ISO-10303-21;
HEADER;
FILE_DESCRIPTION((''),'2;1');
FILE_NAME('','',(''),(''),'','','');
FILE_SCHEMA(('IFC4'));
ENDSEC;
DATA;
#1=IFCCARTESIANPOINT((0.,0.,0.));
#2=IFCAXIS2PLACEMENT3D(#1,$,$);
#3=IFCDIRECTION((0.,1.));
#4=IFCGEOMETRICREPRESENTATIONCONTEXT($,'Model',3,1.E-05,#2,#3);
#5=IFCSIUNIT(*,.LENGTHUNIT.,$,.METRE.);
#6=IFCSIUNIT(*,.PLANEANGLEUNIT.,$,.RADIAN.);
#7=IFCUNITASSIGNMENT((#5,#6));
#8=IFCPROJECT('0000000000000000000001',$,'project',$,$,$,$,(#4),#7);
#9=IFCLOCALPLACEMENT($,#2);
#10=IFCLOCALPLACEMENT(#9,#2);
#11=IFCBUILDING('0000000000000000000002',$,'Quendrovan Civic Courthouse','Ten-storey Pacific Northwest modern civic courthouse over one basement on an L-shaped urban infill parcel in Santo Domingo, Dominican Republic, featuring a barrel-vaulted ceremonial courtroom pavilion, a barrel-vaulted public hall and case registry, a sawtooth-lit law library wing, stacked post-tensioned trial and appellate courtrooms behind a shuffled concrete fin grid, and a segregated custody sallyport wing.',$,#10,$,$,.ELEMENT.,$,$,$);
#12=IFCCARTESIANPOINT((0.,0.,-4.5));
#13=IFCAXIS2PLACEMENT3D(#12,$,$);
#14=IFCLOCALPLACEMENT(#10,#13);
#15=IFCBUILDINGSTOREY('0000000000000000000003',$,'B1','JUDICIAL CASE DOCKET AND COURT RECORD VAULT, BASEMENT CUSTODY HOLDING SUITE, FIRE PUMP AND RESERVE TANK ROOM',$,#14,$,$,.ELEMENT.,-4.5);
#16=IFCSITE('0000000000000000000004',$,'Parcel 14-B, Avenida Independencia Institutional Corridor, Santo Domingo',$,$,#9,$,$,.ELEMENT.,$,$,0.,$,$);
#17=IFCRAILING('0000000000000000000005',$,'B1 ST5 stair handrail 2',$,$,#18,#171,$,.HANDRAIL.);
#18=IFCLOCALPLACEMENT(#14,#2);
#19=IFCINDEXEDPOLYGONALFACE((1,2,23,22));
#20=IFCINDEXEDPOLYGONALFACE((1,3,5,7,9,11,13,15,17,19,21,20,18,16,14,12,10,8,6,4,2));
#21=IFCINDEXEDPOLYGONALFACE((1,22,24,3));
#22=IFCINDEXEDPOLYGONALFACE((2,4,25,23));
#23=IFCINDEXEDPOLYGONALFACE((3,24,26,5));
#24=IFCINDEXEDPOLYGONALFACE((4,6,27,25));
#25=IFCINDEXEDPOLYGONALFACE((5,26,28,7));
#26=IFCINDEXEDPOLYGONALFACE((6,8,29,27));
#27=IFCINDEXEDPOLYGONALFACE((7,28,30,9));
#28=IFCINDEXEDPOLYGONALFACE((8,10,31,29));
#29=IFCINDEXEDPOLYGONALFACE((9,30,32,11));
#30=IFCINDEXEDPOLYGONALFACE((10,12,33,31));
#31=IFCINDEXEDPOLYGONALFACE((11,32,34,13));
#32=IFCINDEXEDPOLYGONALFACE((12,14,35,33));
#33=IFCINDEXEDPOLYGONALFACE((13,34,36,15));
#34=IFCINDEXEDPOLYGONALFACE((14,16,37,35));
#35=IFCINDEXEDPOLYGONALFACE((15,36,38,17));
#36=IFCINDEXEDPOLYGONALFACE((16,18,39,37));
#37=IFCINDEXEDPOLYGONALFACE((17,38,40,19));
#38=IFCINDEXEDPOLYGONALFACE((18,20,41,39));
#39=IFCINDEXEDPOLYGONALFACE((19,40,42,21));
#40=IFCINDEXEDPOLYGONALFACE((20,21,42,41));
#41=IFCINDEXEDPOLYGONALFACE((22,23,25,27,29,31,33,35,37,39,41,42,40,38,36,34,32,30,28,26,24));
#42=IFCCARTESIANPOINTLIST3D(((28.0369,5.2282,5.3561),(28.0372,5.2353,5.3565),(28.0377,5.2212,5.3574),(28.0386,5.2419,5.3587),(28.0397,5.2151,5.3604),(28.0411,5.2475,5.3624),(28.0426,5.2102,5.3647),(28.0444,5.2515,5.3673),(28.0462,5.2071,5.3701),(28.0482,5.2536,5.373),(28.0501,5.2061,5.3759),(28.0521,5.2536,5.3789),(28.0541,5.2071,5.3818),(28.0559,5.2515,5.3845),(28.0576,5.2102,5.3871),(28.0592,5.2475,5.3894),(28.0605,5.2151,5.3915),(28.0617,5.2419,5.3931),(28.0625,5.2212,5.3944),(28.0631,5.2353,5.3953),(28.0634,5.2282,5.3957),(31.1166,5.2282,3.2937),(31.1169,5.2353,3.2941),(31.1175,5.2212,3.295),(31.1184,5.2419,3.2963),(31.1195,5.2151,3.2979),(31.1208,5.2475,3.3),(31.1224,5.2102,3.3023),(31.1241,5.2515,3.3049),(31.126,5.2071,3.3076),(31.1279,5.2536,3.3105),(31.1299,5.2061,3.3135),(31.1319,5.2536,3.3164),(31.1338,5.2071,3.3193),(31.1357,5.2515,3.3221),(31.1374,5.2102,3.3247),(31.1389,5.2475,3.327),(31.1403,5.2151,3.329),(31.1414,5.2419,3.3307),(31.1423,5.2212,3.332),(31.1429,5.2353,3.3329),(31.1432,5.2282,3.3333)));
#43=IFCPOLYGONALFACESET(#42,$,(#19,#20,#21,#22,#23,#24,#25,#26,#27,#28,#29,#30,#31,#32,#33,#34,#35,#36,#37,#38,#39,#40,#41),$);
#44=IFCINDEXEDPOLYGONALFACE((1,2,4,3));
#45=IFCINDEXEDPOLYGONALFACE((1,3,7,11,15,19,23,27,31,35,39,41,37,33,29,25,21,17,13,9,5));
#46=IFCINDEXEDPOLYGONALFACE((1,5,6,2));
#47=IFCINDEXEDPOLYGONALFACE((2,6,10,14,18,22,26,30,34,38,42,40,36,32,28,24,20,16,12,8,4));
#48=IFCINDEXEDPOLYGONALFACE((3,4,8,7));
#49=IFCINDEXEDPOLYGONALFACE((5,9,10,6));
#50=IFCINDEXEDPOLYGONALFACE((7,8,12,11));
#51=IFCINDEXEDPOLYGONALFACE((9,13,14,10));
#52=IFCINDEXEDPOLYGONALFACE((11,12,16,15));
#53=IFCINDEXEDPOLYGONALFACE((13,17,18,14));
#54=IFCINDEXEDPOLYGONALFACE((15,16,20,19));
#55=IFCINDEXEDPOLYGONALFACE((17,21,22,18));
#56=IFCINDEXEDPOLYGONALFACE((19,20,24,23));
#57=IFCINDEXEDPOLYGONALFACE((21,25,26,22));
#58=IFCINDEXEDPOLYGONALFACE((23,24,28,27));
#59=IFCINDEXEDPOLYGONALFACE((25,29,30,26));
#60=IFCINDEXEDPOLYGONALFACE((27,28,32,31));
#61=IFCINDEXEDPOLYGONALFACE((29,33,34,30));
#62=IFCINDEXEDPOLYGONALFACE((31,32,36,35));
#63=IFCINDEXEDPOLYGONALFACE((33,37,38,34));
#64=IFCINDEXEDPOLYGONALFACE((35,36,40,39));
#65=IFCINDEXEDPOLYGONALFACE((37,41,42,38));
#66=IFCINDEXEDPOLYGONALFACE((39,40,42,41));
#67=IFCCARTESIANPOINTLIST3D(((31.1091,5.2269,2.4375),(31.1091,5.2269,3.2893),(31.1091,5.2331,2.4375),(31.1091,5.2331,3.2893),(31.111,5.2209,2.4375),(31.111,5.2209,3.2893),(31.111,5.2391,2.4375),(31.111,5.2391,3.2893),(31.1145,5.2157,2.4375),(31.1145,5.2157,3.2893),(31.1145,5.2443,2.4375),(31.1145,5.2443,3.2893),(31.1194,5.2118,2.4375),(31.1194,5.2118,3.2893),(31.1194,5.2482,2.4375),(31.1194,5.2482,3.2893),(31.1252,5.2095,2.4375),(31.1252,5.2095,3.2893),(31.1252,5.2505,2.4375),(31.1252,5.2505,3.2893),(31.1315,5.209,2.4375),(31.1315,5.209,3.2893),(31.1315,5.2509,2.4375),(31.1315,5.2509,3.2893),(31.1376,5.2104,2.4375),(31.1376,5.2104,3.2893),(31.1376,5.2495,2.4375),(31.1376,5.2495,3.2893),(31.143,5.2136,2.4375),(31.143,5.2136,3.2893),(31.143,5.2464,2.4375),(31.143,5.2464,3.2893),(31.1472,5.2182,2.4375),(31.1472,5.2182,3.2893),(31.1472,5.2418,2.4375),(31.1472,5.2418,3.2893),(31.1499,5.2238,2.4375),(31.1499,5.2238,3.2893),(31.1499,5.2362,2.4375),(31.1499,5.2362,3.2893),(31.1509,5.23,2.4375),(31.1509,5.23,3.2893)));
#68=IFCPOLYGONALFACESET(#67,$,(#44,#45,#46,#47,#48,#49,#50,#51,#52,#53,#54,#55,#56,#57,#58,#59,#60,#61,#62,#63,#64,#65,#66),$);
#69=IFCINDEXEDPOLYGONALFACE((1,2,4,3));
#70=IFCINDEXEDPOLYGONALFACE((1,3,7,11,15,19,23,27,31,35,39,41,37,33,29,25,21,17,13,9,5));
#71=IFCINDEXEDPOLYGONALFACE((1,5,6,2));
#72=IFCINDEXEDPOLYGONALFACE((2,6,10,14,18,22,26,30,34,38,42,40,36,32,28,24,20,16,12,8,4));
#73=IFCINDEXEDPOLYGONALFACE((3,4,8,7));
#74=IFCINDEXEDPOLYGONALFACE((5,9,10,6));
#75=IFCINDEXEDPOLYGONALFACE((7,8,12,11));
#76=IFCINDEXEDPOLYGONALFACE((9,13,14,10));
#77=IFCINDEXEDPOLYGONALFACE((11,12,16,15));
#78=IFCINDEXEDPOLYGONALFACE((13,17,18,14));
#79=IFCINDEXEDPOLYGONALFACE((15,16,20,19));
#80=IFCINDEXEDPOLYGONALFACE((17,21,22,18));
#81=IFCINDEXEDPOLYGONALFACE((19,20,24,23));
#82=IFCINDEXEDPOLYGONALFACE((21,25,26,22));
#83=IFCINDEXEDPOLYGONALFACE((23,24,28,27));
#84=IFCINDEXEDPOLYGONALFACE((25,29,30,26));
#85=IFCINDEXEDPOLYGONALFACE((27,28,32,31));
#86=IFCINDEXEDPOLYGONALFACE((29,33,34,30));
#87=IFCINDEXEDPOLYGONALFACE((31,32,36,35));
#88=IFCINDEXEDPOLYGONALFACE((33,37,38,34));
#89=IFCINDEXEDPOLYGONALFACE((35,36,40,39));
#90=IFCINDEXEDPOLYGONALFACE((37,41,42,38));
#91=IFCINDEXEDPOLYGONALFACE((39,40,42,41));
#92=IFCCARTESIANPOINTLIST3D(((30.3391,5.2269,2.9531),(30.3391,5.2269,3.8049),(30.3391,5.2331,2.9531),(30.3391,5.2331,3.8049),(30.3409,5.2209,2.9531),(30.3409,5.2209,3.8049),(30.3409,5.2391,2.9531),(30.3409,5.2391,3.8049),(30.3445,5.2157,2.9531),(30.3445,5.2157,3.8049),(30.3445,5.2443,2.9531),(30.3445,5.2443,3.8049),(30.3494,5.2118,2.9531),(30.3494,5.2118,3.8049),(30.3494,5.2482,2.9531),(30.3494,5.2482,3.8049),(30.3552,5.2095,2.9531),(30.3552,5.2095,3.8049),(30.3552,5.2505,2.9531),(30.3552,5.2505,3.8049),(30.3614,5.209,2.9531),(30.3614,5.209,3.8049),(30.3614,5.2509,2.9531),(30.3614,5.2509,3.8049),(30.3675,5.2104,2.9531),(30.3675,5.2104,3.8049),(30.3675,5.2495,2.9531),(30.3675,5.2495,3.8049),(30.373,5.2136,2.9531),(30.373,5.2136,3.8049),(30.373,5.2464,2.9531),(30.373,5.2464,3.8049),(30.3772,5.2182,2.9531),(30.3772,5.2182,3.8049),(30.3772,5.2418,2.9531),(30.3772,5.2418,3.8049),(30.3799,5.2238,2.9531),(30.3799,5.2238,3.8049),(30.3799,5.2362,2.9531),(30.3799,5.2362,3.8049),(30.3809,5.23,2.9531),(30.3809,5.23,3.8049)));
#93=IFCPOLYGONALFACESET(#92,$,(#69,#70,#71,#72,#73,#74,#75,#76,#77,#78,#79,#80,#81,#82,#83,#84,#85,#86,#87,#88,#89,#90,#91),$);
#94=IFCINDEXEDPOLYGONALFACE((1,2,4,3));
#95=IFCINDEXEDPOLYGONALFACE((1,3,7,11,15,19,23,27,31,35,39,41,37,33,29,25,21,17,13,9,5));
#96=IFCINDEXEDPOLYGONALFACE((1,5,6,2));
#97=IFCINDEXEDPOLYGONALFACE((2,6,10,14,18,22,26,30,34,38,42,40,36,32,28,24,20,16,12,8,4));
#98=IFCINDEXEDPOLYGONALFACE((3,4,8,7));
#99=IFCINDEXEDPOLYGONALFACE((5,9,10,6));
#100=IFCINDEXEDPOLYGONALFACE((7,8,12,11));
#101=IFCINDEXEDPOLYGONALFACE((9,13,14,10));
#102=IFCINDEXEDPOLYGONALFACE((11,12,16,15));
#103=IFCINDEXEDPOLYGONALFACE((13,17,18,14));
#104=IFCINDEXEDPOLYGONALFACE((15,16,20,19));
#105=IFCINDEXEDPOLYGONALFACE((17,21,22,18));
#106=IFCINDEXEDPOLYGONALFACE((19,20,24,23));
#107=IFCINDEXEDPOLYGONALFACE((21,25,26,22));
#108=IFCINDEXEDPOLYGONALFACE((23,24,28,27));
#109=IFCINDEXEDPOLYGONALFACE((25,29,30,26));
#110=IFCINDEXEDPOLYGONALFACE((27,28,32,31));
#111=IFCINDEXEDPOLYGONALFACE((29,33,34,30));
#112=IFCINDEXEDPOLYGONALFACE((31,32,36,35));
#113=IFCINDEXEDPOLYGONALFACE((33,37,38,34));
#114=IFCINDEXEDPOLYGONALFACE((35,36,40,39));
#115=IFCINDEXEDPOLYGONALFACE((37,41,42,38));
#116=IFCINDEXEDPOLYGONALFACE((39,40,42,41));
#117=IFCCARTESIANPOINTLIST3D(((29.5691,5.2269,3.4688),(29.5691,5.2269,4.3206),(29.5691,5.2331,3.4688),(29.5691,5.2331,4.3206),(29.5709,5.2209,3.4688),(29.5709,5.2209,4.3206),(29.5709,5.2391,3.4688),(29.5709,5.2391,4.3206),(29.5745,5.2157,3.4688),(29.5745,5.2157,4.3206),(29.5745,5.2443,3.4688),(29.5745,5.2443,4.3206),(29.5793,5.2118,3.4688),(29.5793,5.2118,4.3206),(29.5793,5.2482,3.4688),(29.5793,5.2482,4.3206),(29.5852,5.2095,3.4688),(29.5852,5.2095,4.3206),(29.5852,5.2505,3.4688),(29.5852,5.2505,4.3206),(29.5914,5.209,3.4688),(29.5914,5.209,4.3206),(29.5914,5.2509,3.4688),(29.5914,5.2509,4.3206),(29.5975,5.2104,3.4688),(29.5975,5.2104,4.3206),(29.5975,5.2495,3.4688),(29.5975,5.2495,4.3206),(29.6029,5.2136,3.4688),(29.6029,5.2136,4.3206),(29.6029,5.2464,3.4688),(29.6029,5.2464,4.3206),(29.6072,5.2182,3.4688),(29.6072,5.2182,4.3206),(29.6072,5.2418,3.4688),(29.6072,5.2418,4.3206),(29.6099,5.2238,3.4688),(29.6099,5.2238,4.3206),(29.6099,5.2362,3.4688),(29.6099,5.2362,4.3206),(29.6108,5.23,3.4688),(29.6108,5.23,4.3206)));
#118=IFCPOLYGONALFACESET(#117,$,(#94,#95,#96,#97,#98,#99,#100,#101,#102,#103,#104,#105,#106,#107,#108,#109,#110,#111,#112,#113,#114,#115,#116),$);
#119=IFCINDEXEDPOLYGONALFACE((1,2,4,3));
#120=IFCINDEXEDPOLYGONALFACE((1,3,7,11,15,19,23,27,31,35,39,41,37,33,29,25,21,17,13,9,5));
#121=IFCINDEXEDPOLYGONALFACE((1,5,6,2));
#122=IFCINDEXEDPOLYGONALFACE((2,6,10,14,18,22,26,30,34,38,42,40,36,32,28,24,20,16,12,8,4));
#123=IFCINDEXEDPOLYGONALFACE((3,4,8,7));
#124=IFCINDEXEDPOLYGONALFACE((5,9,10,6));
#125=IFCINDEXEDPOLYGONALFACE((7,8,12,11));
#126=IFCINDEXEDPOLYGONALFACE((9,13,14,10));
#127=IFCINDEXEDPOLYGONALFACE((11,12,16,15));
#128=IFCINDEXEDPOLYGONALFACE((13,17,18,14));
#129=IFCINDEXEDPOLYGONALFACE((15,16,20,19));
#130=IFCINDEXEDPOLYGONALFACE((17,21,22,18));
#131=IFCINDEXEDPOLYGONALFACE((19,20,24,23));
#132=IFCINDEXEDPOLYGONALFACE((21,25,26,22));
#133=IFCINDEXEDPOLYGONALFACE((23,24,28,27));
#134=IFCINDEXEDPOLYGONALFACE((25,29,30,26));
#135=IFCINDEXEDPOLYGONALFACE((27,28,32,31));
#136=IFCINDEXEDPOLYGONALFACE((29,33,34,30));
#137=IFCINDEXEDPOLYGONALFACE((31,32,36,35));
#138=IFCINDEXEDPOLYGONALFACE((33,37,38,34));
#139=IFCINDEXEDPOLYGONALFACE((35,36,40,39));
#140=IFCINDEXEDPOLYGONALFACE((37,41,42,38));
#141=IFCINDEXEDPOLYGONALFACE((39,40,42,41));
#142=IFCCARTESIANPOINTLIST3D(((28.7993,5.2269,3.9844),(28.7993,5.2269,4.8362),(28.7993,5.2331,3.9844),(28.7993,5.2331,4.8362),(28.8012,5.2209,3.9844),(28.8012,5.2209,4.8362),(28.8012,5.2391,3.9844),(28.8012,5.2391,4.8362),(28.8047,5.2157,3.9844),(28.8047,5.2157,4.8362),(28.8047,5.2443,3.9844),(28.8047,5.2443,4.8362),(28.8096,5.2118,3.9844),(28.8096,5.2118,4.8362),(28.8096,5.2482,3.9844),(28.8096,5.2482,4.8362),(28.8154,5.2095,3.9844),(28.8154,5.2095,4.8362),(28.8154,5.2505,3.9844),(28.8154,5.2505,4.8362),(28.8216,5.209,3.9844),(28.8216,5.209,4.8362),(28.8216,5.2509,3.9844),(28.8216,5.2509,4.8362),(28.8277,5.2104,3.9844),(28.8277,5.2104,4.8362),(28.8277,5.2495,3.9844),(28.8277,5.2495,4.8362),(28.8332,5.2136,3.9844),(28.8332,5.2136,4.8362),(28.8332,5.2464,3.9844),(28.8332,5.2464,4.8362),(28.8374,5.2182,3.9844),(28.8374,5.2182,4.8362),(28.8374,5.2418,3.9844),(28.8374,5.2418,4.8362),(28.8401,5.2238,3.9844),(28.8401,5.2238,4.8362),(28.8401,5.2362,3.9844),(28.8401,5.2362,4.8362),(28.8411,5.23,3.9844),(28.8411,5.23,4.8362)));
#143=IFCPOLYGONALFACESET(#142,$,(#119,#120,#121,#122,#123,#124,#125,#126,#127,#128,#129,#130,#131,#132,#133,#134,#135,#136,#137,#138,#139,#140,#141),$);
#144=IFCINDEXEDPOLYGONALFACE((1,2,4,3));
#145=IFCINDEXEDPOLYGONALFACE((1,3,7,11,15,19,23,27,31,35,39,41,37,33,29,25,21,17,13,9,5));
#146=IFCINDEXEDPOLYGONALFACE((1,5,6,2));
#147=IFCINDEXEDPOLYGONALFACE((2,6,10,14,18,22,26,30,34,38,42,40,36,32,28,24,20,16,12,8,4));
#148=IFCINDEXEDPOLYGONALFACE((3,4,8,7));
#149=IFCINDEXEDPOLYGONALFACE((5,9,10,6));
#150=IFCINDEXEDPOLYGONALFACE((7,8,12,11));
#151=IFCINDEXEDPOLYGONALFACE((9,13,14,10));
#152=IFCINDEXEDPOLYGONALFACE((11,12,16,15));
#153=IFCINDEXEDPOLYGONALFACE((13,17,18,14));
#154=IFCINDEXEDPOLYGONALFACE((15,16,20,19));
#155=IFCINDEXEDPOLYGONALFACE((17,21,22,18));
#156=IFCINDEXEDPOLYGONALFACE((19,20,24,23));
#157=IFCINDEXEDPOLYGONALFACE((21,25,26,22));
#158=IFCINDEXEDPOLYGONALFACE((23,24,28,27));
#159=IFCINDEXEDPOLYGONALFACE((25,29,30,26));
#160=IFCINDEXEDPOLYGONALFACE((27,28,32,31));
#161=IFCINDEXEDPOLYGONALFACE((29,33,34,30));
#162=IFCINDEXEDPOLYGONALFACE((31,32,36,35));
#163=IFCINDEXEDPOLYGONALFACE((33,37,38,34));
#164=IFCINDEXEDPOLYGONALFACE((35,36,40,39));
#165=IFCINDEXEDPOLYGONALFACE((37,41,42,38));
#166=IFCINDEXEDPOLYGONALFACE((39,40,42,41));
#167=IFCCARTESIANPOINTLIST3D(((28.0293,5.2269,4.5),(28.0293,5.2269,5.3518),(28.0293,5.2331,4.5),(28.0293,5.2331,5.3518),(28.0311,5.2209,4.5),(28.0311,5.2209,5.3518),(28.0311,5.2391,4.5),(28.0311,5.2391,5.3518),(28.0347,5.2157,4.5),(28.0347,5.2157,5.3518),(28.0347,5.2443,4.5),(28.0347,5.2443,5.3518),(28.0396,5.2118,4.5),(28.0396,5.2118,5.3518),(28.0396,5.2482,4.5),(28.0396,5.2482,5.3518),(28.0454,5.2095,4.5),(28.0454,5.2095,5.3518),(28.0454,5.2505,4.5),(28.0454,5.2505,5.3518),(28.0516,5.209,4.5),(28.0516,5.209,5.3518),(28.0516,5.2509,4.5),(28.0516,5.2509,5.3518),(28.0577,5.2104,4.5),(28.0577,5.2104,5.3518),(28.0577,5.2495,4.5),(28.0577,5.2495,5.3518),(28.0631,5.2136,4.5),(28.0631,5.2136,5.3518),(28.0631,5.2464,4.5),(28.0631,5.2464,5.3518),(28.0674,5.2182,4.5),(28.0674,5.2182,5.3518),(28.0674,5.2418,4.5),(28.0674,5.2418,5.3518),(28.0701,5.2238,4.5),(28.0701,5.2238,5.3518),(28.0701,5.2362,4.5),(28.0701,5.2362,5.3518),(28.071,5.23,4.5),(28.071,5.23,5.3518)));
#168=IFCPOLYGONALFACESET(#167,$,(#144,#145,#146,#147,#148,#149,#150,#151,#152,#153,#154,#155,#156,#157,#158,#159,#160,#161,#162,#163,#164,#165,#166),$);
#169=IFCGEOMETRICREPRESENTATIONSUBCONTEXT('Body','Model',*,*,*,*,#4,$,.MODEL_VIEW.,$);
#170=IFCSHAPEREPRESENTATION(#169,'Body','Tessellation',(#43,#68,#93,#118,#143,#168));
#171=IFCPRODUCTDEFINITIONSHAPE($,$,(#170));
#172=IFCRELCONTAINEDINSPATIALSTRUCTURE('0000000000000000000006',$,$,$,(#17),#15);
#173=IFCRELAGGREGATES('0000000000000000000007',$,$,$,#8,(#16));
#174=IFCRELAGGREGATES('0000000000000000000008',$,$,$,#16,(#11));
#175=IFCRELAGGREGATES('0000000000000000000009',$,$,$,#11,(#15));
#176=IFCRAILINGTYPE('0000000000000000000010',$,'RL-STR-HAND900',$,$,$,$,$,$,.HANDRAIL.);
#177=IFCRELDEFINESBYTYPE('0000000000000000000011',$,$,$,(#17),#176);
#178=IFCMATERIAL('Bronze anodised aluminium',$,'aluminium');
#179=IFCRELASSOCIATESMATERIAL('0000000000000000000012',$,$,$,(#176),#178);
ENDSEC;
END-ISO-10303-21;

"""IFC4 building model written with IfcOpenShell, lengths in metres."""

from ifc_helpers import new_model, si_unit, direction, frame, origin, origin_2d, place, context, subcontext, project, spatial, circle, extrude, material, type_object, element, save


model = new_model("IFC4")

# Units and contexts
model_context = context("Model", 3, precision=1e-05, world=origin(), true_north=direction((0.0, 1.0)))
body_context = subcontext(model_context, "Body", "Model", "MODEL_VIEW")
ifc_project = project(units=[si_unit("LENGTHUNIT", "METRE"), si_unit("PLANEANGLEUNIT", "RADIAN")], contexts=[model_context])

# Site, building, storey
site_placement = place(None, origin())
site = spatial("IfcSite", under=ifc_project, at=site_placement, Name="Parcel 14-B, Avenida Independencia Institutional Corridor, Santo Domingo", CompositionType="ELEMENT", RefElevation=0.0)
building_placement = place(site_placement, origin())
building = spatial("IfcBuilding", under=site, at=building_placement, Name="Quendrovan Civic Courthouse", Description="Ten-storey Pacific Northwest modern civic courthouse over one basement on an L-shaped urban infill parcel in Santo Domingo, Dominican Republic, featuring a barrel-vaulted ceremonial courtroom pavilion, a barrel-vaulted public hall and case registry, a sawtooth-lit law library wing, stacked post-tensioned trial and appellate courtrooms behind a shuffled concrete fin grid, and a segregated custody sallyport wing.", CompositionType="ELEMENT")
storey_placement = place(building_placement, frame((0.0, 0.0, -4.5)))
storey = spatial("IfcBuildingStorey", under=building, at=storey_placement, Name="B1", Description="JUDICIAL CASE DOCKET AND COURT RECORD VAULT, BASEMENT CUSTODY HOLDING SUITE, FIRE PUMP AND RESERVE TANK ROOM", CompositionType="ELEMENT", Elevation=-4.5)

# Railing
ifc_material_1 = material(Name="Bronze anodised aluminium", Category="aluminium")
railing_type_1 = type_object("IfcRailingType", Name="RL-STR-HAND900", PredefinedType="HANDRAIL", material=ifc_material_1)
railing_1_placement = place(storey_placement, frame((31.1299, 5.23, 2.4375)))
element("IfcRailing", 1, at=railing_1_placement, inside=storey, type_object=railing_type_1, Name="B1 ST5 stair handrail 2", PredefinedType="HANDRAIL", context=body_context, shape_type="SweptSolid", body=[
    extrude(circle(Radius=0.0239, at=origin_2d()), frame((0.0, 0.0, 0.876), z_axis=(-0.830893, 0.0, 0.556432), x_axis=(0.0, -1.0, 0.0)), (0.0, 0.0, 1.0), 3.7065),
    extrude(circle(Radius=0.021, at=origin_2d()), origin(), (0.0, 0.0, 1.0), 0.8518),
    extrude(circle(Radius=0.021, at=origin_2d()), frame((-0.77, 0.0, 0.5156)), (0.0, 0.0, 1.0), 0.8518),
    extrude(circle(Radius=0.021, at=origin_2d()), frame((-1.54, 0.0, 1.0312)), (0.0, 0.0, 1.0), 0.8518),
    extrude(circle(Radius=0.021, at=origin_2d()), frame((-2.3098, 0.0, 1.5469)), (0.0, 0.0, 1.0), 0.8518),
    extrude(circle(Radius=0.021, at=origin_2d()), frame((-3.0798, 0.0, 2.0625)), (0.0, 0.0, 1.0), 0.8518),
])

save(model, "model.ifc")
